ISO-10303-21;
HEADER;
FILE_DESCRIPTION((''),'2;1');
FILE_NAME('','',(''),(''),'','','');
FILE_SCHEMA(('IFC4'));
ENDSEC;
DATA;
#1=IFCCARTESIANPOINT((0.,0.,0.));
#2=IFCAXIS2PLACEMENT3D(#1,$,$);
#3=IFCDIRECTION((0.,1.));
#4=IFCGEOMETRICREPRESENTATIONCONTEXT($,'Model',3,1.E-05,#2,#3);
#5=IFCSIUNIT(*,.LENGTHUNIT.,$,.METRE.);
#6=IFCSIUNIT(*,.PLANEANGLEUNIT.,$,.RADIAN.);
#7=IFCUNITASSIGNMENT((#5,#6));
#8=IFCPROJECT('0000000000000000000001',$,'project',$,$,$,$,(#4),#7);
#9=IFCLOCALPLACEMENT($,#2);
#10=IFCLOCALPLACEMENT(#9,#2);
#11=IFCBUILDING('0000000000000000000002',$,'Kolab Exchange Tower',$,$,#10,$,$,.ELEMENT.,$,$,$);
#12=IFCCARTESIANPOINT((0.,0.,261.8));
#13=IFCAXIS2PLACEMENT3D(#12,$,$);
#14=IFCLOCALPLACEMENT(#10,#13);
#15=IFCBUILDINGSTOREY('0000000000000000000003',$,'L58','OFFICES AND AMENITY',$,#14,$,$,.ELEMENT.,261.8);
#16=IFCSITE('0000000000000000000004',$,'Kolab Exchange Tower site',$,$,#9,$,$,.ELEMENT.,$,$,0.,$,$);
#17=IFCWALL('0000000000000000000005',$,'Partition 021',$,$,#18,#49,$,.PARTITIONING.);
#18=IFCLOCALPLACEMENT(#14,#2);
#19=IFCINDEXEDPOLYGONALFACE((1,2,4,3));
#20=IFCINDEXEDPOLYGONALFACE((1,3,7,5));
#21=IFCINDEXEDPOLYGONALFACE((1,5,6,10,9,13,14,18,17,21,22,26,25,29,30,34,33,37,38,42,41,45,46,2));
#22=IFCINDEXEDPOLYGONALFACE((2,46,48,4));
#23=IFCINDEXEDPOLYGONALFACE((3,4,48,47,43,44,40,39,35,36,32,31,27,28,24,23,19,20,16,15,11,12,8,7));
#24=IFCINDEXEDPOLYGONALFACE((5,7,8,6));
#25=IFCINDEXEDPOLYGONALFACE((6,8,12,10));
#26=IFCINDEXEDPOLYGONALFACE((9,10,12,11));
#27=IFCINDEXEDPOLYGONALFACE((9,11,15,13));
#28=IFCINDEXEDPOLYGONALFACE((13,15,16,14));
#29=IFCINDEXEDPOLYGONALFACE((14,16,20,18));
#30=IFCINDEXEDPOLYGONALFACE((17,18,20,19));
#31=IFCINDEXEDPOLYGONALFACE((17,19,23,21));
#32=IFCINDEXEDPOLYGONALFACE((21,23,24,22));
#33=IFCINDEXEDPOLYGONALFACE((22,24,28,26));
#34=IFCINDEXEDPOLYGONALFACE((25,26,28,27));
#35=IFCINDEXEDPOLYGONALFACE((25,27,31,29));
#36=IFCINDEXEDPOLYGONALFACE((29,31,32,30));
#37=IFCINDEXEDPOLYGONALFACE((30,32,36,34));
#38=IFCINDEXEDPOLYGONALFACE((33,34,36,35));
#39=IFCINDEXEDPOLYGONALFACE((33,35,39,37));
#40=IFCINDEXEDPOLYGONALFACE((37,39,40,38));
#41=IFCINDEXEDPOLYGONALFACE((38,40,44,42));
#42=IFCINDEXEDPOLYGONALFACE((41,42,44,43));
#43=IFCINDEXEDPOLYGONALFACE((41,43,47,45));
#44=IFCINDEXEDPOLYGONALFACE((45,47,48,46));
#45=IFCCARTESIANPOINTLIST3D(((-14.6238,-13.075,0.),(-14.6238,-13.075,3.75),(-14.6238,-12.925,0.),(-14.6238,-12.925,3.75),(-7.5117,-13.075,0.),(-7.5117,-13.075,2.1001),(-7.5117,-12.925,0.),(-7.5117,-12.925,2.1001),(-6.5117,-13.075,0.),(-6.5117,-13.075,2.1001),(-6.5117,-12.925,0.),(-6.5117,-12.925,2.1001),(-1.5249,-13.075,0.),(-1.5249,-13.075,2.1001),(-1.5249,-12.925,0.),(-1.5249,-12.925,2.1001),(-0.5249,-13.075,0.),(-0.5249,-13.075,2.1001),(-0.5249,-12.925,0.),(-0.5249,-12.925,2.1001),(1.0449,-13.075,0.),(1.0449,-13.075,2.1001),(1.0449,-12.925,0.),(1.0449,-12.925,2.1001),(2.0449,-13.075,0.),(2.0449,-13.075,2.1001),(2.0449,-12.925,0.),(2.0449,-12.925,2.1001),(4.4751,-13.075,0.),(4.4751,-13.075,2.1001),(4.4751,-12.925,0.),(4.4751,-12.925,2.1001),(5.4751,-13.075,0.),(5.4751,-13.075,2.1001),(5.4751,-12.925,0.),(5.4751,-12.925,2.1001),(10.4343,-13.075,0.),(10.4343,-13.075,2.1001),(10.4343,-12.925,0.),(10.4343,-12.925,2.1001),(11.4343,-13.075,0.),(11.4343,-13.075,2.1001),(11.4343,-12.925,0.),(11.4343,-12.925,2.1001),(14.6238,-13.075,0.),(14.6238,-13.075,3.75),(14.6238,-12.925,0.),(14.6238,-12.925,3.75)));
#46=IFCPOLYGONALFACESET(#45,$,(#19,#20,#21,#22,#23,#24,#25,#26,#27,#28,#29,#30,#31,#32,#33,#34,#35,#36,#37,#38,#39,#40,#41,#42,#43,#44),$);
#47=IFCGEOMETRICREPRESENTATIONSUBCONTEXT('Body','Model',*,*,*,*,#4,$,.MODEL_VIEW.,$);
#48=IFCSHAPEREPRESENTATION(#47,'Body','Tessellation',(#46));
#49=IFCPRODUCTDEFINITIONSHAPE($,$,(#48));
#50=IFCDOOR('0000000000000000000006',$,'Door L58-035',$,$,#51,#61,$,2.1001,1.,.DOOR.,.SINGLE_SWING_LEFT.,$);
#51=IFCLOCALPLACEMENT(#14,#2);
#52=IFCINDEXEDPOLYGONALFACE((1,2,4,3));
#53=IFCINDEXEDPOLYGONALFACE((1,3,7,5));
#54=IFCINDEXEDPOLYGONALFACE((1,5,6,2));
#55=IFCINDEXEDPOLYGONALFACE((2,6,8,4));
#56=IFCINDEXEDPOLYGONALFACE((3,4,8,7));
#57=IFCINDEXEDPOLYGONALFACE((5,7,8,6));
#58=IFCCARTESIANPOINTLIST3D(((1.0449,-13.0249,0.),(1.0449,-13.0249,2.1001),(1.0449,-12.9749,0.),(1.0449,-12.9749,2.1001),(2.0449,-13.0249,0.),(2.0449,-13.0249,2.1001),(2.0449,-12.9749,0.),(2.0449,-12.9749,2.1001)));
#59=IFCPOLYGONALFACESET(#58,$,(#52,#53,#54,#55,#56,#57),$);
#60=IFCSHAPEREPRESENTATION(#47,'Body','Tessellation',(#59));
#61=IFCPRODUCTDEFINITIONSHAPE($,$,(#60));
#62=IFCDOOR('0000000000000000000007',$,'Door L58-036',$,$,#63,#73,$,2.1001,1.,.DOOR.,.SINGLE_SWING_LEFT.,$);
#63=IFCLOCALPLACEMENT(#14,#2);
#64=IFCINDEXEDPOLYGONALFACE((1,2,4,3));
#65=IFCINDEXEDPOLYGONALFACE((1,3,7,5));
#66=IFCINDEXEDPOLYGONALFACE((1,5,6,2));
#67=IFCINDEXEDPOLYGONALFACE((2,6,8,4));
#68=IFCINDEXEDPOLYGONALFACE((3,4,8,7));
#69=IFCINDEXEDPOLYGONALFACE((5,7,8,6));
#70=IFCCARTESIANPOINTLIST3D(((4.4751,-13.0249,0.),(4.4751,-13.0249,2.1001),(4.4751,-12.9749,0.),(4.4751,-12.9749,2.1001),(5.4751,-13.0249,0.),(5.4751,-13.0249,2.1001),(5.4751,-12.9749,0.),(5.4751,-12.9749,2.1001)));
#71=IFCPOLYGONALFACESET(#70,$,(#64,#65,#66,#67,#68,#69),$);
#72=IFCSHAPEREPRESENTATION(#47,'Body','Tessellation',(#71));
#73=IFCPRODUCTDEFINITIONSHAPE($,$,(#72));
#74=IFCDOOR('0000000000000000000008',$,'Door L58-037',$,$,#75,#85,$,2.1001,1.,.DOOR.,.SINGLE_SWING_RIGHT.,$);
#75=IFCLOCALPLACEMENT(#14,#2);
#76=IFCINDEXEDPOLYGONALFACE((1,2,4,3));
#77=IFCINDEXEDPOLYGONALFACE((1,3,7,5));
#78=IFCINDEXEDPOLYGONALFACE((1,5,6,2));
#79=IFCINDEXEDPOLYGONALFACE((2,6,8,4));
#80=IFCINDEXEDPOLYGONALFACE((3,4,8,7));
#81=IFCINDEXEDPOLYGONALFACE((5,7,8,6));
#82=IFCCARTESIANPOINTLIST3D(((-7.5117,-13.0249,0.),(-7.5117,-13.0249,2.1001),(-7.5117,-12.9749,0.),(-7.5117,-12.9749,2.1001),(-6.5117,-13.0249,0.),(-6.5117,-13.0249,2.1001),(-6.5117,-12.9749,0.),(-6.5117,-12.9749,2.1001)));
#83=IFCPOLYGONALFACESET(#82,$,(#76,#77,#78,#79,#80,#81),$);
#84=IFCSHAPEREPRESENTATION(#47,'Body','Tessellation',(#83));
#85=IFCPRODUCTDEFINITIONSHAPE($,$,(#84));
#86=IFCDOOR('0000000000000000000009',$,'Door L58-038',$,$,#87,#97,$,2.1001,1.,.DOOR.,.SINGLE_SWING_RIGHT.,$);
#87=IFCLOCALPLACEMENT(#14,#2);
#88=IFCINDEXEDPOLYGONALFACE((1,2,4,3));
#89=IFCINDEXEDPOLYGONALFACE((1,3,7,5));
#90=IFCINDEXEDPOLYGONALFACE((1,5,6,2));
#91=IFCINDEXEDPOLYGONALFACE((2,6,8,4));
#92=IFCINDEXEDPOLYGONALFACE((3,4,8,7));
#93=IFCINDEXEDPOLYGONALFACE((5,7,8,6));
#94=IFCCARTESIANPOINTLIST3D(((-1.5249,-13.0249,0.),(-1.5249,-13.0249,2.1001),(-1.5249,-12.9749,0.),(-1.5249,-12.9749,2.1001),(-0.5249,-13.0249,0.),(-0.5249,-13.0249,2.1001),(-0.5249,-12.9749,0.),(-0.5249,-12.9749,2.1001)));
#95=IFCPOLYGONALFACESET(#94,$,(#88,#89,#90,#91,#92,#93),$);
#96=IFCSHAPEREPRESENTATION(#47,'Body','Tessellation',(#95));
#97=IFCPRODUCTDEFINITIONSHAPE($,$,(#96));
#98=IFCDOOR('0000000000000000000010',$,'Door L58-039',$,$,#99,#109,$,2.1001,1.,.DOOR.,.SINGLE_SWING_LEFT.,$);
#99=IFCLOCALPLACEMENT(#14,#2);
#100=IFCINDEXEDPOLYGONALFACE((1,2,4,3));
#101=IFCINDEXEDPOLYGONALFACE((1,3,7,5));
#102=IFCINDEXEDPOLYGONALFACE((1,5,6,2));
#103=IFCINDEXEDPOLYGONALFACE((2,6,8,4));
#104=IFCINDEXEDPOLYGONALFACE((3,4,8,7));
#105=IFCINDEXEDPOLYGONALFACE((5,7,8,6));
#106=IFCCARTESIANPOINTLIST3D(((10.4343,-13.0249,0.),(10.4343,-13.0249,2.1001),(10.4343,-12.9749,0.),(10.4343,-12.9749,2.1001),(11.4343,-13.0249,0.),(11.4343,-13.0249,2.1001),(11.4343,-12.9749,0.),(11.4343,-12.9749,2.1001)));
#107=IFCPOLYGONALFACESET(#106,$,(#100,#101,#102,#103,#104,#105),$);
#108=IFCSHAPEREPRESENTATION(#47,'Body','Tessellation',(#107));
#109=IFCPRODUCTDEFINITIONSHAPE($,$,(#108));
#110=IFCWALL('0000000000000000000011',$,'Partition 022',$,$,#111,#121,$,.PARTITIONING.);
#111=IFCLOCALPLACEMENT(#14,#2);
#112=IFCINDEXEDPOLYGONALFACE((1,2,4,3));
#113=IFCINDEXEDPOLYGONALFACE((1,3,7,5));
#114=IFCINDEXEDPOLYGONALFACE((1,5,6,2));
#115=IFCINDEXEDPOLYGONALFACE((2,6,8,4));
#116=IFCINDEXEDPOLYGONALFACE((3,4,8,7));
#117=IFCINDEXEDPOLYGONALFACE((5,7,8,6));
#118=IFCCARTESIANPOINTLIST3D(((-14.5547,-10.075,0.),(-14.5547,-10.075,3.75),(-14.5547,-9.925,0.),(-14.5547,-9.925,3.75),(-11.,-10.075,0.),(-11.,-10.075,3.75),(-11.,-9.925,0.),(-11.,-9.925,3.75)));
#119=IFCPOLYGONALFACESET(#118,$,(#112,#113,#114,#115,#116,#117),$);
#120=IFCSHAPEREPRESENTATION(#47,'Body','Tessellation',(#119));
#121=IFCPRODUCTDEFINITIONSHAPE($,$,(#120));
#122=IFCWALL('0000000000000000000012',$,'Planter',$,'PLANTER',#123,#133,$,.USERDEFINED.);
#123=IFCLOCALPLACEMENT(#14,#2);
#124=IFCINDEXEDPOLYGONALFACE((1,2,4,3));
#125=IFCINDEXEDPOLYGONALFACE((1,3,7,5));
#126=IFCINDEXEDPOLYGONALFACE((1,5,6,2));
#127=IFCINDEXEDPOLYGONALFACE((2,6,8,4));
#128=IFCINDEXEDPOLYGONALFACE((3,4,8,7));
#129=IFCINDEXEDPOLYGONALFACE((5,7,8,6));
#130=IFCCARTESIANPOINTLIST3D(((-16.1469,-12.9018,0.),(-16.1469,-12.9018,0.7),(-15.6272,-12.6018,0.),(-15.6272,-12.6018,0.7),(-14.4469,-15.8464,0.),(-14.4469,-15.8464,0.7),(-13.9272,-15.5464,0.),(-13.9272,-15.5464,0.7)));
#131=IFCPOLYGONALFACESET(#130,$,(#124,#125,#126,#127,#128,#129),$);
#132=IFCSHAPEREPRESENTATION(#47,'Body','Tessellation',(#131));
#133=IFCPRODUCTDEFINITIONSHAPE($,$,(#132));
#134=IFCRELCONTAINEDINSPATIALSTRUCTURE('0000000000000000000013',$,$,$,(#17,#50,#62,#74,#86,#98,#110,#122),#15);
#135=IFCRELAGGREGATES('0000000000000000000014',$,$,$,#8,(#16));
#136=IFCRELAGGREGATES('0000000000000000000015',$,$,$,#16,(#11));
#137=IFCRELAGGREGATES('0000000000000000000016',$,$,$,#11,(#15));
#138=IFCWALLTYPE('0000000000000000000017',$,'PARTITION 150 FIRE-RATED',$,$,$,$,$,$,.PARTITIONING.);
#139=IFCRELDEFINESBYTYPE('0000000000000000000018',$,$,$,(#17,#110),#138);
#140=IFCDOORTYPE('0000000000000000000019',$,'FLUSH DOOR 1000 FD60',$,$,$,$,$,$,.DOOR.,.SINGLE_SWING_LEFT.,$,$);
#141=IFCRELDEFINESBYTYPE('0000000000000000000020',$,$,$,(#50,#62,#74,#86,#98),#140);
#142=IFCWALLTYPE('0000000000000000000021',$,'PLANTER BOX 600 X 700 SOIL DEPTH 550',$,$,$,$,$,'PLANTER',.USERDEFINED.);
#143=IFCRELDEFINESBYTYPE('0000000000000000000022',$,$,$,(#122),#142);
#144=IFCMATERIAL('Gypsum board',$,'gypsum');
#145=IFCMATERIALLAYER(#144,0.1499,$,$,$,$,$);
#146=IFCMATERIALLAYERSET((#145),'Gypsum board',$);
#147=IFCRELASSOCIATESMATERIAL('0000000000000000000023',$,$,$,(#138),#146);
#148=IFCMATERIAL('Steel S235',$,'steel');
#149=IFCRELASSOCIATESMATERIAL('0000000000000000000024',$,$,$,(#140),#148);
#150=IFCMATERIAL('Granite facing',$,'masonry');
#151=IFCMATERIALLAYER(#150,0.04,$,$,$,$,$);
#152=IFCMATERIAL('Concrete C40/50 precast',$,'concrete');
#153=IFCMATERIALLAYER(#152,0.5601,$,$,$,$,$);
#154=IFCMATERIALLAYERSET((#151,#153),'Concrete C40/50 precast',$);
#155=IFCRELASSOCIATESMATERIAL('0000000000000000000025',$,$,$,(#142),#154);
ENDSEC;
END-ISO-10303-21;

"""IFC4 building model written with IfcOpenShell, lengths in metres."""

from ifc_helpers import new_model, si_unit, direction, frame, frame_2d, origin, place, context, subcontext, project, spatial, rectangle, extrude, material, layer, layer_set, type_object, element, fill, save


model = new_model("IFC4")

# Units and contexts
model_context = context("Model", 3, precision=1e-05, world=origin(), true_north=direction((0.0, 1.0)))
body_context = subcontext(model_context, "Body", "Model", "MODEL_VIEW")
ifc_project = project(units=[si_unit("LENGTHUNIT", "METRE"), si_unit("PLANEANGLEUNIT", "RADIAN")], contexts=[model_context])

# Site, building, storey
site_placement = place(None, origin())
site = spatial("IfcSite", under=ifc_project, at=site_placement, Name="Kolab Exchange Tower site", CompositionType="ELEMENT", RefElevation=0.0)
building_placement = place(site_placement, origin())
building = spatial("IfcBuilding", under=site, at=building_placement, Name="Kolab Exchange Tower", CompositionType="ELEMENT")
storey_placement = place(building_placement, frame((0.0, 0.0, 261.8)))
storey = spatial("IfcBuildingStorey", under=building, at=storey_placement, Name="L58", Description="OFFICES AND AMENITY", CompositionType="ELEMENT", Elevation=261.8)

# Wall, openings, doors
ifc_material_1 = material(Name="Gypsum board", Category="gypsum")
ifc_layer_1 = layer(ifc_material_1, 0.1499)
ifc_layer_set_1 = layer_set([ifc_layer_1], Name="Gypsum board")
wall_type_1 = type_object("IfcWallType", Name="PARTITION 150 FIRE-RATED", PredefinedType="PARTITIONING", material=ifc_layer_set_1)
wall_1_placement = place(storey_placement, frame((-14.6238, -13.0, 0.0), z_axis=(0.0, 0.0, 1.0), x_axis=(1.0, 0.0, 0.0)))
wall_1 = element("IfcWall", 1, at=wall_1_placement, inside=storey, type_object=wall_type_1, Name="Partition 021", PredefinedType="PARTITIONING", context=body_context, shape_type="SweptSolid", body=[
    extrude(rectangle(XDim=29.2476, YDim=0.1499, at=frame_2d((14.6238, 0.0))), origin(), (0.0, 0.0, 1.0), 3.75),
])
opening_1_placement = place(wall_1_placement, frame((15.6687, 0.0, 0.0)))
opening_1 = element("IfcOpeningElement", 2, at=opening_1_placement, cuts=wall_1, PredefinedType="OPENING", context=body_context, shape_type="SweptSolid", body=[
    extrude(rectangle(XDim=1.0, YDim=2.1001, at=frame_2d((0.5, 1.05))), frame((0.0, 0.085, 0.0), z_axis=(0.0, -1.0, 0.0), x_axis=(1.0, 0.0, 0.0)), (0.0, 0.0, 1.0), 0.1699),
])
opening_2_placement = place(wall_1_placement, frame((19.0989, 0.0, 0.0)))
opening_2 = element("IfcOpeningElement", 3, at=opening_2_placement, cuts=wall_1, PredefinedType="OPENING", context=body_context, shape_type="SweptSolid", body=[
    extrude(rectangle(XDim=1.0, YDim=2.1001, at=frame_2d((0.5, 1.05))), frame((0.0, 0.085, 0.0), z_axis=(0.0, -1.0, 0.0), x_axis=(1.0, 0.0, 0.0)), (0.0, 0.0, 1.0), 0.1699),
])
opening_3_placement = place(wall_1_placement, frame((7.1121, 0.0, 0.0)))
opening_3 = element("IfcOpeningElement", 4, at=opening_3_placement, cuts=wall_1, PredefinedType="OPENING", context=body_context, shape_type="SweptSolid", body=[
    extrude(rectangle(XDim=1.0, YDim=2.1001, at=frame_2d((0.5, 1.05))), frame((0.0, 0.085, 0.0), z_axis=(0.0, -1.0, 0.0), x_axis=(1.0, 0.0, 0.0)), (0.0, 0.0, 1.0), 0.1699),
])
opening_4_placement = place(wall_1_placement, frame((13.0989, 0.0, 0.0)))
opening_4 = element("IfcOpeningElement", 5, at=opening_4_placement, cuts=wall_1, PredefinedType="OPENING", context=body_context, shape_type="SweptSolid", body=[
    extrude(rectangle(XDim=1.0, YDim=2.1001, at=frame_2d((0.5, 1.05))), frame((0.0, 0.085, 0.0), z_axis=(0.0, -1.0, 0.0), x_axis=(1.0, 0.0, 0.0)), (0.0, 0.0, 1.0), 0.1699),
])
opening_5_placement = place(wall_1_placement, frame((25.0581, 0.0, 0.0)))
opening_5 = element("IfcOpeningElement", 6, at=opening_5_placement, cuts=wall_1, PredefinedType="OPENING", context=body_context, shape_type="SweptSolid", body=[
    extrude(rectangle(XDim=1.0, YDim=2.1001, at=frame_2d((0.5, 1.05))), frame((0.0, 0.085, 0.0), z_axis=(0.0, -1.0, 0.0), x_axis=(1.0, 0.0, 0.0)), (0.0, 0.0, 1.0), 0.1699),
])
ifc_material_2 = material(Name="Steel S235", Category="steel")
door_type_1 = type_object("IfcDoorType", Name="FLUSH DOOR 1000 FD60", OperationType="SINGLE_SWING_LEFT", PredefinedType="DOOR", material=ifc_material_2)
door_1_placement = place(opening_1_placement, frame((1.0, 0.0, 0.0), z_axis=(0.0, 0.0, 1.0), x_axis=(-1.0, 0.0, 0.0)))
door_1 = element("IfcDoor", 7, at=door_1_placement, inside=storey, type_object=door_type_1, Name="Door L58-035", OperationType="SINGLE_SWING_LEFT", OverallHeight=2.1001, OverallWidth=1.0, PredefinedType="DOOR", context=body_context, shape_type="SweptSolid", body=[
    extrude(rectangle(XDim=1.0, YDim=2.1001, at=frame_2d((0.5, 1.05))), frame((0.0, 0.0249, 0.0), z_axis=(0.0, -1.0, 0.0), x_axis=(1.0, 0.0, 0.0)), (0.0, 0.0, 1.0), 0.05),
])
fill(opening_1, door_1)
door_2_placement = place(opening_2_placement, frame((1.0, 0.0, 0.0), z_axis=(0.0, 0.0, 1.0), x_axis=(-1.0, 0.0, 0.0)))
door_2 = element("IfcDoor", 8, at=door_2_placement, inside=storey, type_object=door_type_1, Name="Door L58-036", OperationType="SINGLE_SWING_LEFT", OverallHeight=2.1001, OverallWidth=1.0, PredefinedType="DOOR", context=body_context, shape_type="SweptSolid", body=[
    extrude(rectangle(XDim=1.0, YDim=2.1001, at=frame_2d((0.5, 1.05))), frame((0.0, 0.0249, 0.0), z_axis=(0.0, -1.0, 0.0), x_axis=(1.0, 0.0, 0.0)), (0.0, 0.0, 1.0), 0.05),
])
fill(opening_2, door_2)
door_3_placement = place(opening_3_placement, frame((1.0, 0.0, 0.0), z_axis=(0.0, 0.0, 1.0), x_axis=(-1.0, 0.0, 0.0)))
door_3 = element("IfcDoor", 9, at=door_3_placement, inside=storey, type_object=door_type_1, Name="Door L58-037", OperationType="SINGLE_SWING_RIGHT", OverallHeight=2.1001, OverallWidth=1.0, PredefinedType="DOOR", context=body_context, shape_type="SweptSolid", body=[
    extrude(rectangle(XDim=1.0, YDim=2.1001, at=frame_2d((0.5, 1.05))), frame((0.0, 0.0249, 0.0), z_axis=(0.0, -1.0, 0.0), x_axis=(1.0, 0.0, 0.0)), (0.0, 0.0, 1.0), 0.05),
])
fill(opening_3, door_3)
door_4_placement = place(opening_4_placement, frame((1.0, 0.0, 0.0), z_axis=(0.0, 0.0, 1.0), x_axis=(-1.0, 0.0, 0.0)))
door_4 = element("IfcDoor", 10, at=door_4_placement, inside=storey, type_object=door_type_1, Name="Door L58-038", OperationType="SINGLE_SWING_RIGHT", OverallHeight=2.1001, OverallWidth=1.0, PredefinedType="DOOR", context=body_context, shape_type="SweptSolid", body=[
    extrude(rectangle(XDim=1.0, YDim=2.1001, at=frame_2d((0.5, 1.05))), frame((0.0, 0.0249, 0.0), z_axis=(0.0, -1.0, 0.0), x_axis=(1.0, 0.0, 0.0)), (0.0, 0.0, 1.0), 0.05),
])
fill(opening_4, door_4)
door_5_placement = place(opening_5_placement, frame((1.0, 0.0, 0.0), z_axis=(0.0, 0.0, 1.0), x_axis=(-1.0, 0.0, 0.0)))
door_5 = element("IfcDoor", 11, at=door_5_placement, inside=storey, type_object=door_type_1, Name="Door L58-039", OperationType="SINGLE_SWING_LEFT", OverallHeight=2.1001, OverallWidth=1.0, PredefinedType="DOOR", context=body_context, shape_type="SweptSolid", body=[
    extrude(rectangle(XDim=1.0, YDim=2.1001, at=frame_2d((0.5, 1.05))), frame((0.0, 0.0249, 0.0), z_axis=(0.0, -1.0, 0.0), x_axis=(1.0, 0.0, 0.0)), (0.0, 0.0, 1.0), 0.05),
])
fill(opening_5, door_5)

# Walls
wall_2_placement = place(storey_placement, frame((-14.5547, -10.0, 0.0), z_axis=(0.0, 0.0, 1.0), x_axis=(1.0, 0.0, 0.0)))
element("IfcWall", 12, at=wall_2_placement, inside=storey, type_object=wall_type_1, Name="Partition 022", PredefinedType="PARTITIONING", context=body_context, shape_type="SweptSolid", body=[
    extrude(rectangle(XDim=3.5547, YDim=0.1499, at=frame_2d((1.7773, 0.0))), origin(), (0.0, 0.0, 1.0), 3.75),
])
ifc_material_3 = material(Name="Granite facing", Category="masonry")
ifc_layer_2 = layer(ifc_material_3, 0.04)
ifc_material_4 = material(Name="Concrete C40/50 precast", Category="concrete")
ifc_layer_3 = layer(ifc_material_4, 0.5601)
ifc_layer_set_2 = layer_set([ifc_layer_2, ifc_layer_3], Name="Concrete C40/50 precast")
wall_type_2 = type_object("IfcWallType", Name="PLANTER BOX 600 X 700 SOIL DEPTH 550", ElementType="PLANTER", PredefinedType="USERDEFINED", material=ifc_layer_set_2)
wall_3_placement = place(storey_placement, frame((-14.187, -15.6965, 0.0), z_axis=(0.0, 0.0, 1.0), x_axis=(-0.499977, 0.866039, 0.0)))
element("IfcWall", 13, at=wall_3_placement, inside=storey, type_object=wall_type_2, Name="Planter", ObjectType="PLANTER", PredefinedType="USERDEFINED", context=body_context, shape_type="SweptSolid", body=[
    extrude(rectangle(XDim=3.4001, YDim=0.6001, at=frame_2d((1.7002, 0.0))), origin(), (0.0, 0.0, 1.0), 0.7),
])

save(model, "model.ifc")
